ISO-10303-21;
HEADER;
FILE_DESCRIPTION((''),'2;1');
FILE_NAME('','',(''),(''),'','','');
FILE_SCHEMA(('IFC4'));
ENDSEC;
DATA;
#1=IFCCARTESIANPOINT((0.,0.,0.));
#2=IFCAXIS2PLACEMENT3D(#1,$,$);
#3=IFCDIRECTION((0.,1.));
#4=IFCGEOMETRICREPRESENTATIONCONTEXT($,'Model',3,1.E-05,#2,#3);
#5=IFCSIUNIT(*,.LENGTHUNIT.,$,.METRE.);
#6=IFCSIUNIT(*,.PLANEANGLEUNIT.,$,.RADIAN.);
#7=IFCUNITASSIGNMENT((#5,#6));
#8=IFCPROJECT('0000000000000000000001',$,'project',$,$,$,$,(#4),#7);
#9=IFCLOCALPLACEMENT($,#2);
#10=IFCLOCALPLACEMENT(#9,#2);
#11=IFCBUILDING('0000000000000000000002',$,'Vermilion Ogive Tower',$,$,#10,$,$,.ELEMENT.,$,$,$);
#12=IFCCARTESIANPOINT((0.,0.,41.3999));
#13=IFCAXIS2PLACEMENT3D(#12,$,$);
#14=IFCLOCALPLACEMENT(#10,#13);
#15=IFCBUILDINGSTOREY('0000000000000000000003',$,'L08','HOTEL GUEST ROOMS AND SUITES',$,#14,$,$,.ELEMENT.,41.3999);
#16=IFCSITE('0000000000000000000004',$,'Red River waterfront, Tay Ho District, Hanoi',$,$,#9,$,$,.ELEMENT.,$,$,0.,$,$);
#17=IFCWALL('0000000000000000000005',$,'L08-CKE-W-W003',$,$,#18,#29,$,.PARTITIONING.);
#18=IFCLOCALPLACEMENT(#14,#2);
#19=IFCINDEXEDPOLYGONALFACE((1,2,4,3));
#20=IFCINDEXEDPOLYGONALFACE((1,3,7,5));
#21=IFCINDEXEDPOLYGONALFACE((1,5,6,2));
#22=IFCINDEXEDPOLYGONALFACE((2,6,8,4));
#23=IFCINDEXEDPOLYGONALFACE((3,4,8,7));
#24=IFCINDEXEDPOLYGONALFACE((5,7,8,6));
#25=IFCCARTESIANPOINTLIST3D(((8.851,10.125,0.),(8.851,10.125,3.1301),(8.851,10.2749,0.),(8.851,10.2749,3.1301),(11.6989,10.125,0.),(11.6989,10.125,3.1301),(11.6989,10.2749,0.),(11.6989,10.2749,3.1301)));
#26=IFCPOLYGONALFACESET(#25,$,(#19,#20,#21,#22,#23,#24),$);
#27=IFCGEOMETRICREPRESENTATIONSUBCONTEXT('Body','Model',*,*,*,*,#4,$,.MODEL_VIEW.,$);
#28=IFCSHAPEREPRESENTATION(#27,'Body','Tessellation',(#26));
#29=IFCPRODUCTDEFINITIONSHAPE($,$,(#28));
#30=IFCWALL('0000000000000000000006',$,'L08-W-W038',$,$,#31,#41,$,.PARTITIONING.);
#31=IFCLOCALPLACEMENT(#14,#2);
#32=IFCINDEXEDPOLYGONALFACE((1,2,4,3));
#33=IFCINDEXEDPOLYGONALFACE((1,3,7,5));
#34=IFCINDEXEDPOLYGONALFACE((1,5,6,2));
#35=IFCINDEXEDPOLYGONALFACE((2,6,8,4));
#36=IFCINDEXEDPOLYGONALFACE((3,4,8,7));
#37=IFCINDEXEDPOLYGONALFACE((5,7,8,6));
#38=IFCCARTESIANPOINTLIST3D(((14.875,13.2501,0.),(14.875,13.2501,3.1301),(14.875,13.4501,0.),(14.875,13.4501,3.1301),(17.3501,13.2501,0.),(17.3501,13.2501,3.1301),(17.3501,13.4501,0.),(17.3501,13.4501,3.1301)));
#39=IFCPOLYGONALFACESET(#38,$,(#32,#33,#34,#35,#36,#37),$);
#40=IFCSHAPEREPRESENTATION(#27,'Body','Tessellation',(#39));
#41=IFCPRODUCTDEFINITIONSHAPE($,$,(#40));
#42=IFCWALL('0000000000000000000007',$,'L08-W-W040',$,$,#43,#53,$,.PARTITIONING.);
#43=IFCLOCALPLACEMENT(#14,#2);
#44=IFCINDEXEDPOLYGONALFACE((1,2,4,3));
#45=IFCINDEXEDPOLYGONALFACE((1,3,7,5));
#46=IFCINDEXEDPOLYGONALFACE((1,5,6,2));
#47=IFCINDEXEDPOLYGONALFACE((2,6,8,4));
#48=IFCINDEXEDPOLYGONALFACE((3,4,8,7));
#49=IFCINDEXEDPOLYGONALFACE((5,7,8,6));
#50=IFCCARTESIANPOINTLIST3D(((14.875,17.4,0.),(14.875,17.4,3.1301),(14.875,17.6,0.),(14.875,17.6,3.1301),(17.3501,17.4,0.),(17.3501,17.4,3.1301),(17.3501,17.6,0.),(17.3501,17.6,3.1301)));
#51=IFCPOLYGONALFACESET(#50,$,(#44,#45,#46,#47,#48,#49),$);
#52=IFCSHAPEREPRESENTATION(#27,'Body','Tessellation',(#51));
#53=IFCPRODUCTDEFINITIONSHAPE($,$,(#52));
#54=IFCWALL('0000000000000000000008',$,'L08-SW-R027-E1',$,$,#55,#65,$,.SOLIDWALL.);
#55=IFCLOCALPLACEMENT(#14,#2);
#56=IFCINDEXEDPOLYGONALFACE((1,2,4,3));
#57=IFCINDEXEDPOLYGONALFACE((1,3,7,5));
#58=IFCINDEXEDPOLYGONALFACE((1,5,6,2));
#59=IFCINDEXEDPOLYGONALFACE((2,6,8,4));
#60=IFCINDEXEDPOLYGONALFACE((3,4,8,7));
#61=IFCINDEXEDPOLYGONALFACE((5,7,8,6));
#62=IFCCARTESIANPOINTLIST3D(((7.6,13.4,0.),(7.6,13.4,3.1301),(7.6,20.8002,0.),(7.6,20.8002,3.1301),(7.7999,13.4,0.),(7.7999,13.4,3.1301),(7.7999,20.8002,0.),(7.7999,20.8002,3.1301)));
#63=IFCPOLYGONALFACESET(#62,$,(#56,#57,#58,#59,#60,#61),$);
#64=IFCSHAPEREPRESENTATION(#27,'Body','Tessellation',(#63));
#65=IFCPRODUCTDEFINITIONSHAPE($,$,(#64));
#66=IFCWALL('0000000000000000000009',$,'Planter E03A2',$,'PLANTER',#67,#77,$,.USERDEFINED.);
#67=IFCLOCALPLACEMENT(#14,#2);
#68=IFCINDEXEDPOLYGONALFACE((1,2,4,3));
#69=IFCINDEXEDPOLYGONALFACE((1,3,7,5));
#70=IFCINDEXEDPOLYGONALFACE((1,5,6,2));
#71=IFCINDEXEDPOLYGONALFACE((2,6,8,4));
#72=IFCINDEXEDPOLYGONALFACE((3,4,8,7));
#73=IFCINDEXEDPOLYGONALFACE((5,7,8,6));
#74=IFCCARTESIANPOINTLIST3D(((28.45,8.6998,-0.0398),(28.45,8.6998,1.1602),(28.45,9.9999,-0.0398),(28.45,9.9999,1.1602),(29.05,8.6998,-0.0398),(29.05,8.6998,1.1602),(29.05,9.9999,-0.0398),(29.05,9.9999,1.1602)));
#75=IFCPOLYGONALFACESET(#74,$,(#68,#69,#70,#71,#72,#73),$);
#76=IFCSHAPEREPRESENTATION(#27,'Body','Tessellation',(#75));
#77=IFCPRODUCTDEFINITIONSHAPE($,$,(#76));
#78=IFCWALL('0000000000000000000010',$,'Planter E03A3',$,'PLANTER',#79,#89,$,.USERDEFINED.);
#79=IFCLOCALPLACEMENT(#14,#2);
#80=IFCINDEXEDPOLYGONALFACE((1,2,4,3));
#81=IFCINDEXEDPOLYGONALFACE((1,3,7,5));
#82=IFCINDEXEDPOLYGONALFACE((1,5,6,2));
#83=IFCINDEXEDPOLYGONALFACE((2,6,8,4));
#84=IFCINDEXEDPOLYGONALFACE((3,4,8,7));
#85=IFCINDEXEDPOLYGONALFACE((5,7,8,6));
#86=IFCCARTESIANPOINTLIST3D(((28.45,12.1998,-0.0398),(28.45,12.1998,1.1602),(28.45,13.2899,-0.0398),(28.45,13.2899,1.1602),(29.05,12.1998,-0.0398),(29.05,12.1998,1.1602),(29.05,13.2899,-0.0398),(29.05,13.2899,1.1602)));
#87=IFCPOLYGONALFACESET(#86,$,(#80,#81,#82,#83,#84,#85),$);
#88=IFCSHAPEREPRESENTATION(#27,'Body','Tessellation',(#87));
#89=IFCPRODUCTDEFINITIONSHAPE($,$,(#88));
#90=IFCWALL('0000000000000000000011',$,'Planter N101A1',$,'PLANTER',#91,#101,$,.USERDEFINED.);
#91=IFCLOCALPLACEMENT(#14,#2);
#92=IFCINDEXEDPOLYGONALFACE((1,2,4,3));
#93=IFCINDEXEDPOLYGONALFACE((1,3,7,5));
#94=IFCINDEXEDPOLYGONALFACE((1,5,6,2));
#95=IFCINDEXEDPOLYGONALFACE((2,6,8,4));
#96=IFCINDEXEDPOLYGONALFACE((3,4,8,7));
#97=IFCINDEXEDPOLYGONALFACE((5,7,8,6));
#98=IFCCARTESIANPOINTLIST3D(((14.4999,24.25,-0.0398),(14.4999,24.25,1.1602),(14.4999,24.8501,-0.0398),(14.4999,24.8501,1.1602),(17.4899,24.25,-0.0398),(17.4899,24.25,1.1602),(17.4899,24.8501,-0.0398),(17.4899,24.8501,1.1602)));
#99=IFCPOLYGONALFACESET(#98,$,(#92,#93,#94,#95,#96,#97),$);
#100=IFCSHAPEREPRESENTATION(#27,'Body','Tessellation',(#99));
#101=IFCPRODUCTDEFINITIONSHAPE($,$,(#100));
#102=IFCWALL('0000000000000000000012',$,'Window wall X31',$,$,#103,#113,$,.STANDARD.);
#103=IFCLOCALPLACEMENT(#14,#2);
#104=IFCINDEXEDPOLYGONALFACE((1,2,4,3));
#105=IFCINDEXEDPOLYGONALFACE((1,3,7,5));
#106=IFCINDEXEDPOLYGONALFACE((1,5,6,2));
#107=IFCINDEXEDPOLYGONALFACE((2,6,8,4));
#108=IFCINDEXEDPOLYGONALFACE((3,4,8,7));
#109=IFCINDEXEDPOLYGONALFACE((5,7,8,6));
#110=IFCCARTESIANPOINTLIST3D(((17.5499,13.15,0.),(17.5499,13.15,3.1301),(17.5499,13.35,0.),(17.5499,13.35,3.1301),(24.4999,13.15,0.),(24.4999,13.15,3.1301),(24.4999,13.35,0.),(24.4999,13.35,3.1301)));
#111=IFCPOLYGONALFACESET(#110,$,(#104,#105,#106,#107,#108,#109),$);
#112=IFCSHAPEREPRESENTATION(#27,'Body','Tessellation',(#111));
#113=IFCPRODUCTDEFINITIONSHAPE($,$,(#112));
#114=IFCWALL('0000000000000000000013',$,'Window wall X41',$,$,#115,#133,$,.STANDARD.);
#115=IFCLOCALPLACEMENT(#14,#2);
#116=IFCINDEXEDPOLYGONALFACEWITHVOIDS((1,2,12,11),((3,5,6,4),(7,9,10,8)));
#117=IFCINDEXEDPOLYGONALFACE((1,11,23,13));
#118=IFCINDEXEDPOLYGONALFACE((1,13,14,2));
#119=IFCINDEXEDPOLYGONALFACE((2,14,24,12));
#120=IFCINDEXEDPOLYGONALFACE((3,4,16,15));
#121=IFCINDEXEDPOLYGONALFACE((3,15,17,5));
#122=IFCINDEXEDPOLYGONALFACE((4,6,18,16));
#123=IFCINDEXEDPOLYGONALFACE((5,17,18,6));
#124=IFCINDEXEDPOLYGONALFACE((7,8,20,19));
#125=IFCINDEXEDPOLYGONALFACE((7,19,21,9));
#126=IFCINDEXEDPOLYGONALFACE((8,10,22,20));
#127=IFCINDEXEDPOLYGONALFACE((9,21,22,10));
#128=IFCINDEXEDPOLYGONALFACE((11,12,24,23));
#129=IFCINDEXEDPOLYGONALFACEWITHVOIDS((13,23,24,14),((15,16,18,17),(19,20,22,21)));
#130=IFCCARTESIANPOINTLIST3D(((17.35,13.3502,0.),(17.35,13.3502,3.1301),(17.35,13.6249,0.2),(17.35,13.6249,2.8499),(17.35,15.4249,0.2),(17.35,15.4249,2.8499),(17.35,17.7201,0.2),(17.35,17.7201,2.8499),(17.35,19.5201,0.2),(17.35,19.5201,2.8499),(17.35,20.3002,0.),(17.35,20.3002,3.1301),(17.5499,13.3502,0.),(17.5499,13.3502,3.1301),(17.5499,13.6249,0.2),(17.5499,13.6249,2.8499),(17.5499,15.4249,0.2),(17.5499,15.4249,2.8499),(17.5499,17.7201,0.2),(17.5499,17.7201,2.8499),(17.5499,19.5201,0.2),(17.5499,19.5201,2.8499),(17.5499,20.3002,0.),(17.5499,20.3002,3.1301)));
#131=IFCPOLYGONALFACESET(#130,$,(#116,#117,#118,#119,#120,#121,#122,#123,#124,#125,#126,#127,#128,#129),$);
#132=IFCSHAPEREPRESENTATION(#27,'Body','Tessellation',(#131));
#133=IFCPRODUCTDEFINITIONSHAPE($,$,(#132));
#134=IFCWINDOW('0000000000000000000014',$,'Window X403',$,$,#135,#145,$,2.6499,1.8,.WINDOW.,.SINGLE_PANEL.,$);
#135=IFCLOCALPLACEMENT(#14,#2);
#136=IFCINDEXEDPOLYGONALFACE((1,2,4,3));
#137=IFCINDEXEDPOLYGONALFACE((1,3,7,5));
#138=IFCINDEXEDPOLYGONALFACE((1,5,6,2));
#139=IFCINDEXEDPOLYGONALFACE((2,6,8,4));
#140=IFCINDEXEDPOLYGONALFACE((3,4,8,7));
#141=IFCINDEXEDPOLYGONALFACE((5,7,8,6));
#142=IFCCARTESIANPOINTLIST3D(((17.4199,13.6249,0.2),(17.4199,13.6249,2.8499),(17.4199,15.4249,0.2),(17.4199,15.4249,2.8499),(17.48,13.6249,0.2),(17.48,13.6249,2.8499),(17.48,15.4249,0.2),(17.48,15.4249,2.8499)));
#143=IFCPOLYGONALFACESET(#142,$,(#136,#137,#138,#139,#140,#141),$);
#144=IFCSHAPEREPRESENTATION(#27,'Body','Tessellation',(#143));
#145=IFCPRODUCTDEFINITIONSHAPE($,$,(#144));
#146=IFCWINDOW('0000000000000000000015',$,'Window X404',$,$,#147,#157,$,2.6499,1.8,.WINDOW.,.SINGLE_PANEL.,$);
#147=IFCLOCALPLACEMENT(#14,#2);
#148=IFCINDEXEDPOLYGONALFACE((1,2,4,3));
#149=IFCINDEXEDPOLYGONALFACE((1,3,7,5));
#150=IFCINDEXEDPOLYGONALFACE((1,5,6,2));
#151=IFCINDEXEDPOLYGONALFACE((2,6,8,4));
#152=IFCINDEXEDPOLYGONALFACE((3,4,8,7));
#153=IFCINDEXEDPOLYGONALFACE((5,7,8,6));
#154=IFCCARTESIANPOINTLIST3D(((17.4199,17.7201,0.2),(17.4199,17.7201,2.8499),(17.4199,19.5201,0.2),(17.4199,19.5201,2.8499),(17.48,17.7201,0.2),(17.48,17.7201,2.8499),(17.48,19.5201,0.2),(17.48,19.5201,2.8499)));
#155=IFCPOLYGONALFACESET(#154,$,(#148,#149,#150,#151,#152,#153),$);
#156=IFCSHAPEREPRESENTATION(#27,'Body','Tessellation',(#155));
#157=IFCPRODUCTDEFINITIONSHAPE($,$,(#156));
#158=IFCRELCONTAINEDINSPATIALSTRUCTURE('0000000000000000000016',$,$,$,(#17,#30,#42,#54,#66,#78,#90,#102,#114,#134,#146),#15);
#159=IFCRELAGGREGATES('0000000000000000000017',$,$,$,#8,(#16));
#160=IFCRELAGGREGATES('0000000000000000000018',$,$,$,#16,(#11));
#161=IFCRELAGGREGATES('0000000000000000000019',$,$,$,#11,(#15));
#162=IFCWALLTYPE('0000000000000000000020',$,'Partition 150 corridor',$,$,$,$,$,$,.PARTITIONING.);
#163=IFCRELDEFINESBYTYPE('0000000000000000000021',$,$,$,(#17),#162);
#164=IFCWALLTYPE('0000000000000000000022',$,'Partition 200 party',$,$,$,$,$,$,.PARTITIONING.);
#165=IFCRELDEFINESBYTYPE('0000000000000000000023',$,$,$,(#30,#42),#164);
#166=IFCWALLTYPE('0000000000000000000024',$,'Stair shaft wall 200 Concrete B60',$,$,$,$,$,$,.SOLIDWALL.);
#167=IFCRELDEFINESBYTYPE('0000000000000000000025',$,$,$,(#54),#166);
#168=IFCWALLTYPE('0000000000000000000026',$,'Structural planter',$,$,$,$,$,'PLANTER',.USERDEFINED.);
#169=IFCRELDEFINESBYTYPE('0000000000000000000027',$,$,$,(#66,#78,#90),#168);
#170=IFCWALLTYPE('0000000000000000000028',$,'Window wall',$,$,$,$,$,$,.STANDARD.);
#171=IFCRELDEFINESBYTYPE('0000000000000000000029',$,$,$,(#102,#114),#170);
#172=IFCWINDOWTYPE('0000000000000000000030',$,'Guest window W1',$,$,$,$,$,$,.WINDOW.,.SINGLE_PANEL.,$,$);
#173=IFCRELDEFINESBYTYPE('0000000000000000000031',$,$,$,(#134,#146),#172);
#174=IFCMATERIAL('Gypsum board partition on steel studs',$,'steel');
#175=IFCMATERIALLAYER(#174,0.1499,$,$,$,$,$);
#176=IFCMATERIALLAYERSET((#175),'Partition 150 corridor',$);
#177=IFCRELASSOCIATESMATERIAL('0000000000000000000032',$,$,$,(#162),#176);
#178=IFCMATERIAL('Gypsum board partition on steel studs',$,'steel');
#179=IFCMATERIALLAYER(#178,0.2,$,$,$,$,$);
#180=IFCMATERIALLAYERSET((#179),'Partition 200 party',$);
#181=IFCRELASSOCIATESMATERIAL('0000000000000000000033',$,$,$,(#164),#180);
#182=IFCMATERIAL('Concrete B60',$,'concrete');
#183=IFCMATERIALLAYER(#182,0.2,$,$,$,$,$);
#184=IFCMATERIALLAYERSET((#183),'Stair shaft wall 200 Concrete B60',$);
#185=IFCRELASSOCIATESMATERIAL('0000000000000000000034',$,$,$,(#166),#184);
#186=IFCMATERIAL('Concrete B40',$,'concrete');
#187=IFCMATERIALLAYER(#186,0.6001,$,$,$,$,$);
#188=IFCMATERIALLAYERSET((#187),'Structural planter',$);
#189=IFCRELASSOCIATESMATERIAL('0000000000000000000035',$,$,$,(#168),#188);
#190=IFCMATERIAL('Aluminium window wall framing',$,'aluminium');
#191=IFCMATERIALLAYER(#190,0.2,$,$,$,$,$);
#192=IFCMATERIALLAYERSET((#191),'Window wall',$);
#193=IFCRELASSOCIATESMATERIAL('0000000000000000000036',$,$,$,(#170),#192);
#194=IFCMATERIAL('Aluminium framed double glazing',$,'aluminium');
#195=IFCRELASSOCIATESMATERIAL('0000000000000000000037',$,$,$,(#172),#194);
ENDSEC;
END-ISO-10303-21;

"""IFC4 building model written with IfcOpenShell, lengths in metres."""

from ifc_helpers import new_model, si_unit, direction, frame, frame_2d, origin, place, context, subcontext, project, spatial, rectangle, extrude, material, layer, layer_set, type_object, element, fill, save


model = new_model("IFC4")

# Units and contexts
model_context = context("Model", 3, precision=1e-05, world=origin(), true_north=direction((0.0, 1.0)))
body_context = subcontext(model_context, "Body", "Model", "MODEL_VIEW")
ifc_project = project(units=[si_unit("LENGTHUNIT", "METRE"), si_unit("PLANEANGLEUNIT", "RADIAN")], contexts=[model_context])

# Site, building, storey
site_placement = place(None, origin())
site = spatial("IfcSite", under=ifc_project, at=site_placement, Name="Red River waterfront, Tay Ho District, Hanoi", CompositionType="ELEMENT", RefElevation=0.0)
building_placement = place(site_placement, origin())
building = spatial("IfcBuilding", under=site, at=building_placement, Name="Vermilion Ogive Tower", CompositionType="ELEMENT")
storey_placement = place(building_placement, frame((0.0, 0.0, 41.3999)))
storey = spatial("IfcBuildingStorey", under=building, at=storey_placement, Name="L08", Description="HOTEL GUEST ROOMS AND SUITES", CompositionType="ELEMENT", Elevation=41.3999)

# Walls
ifc_material_1 = material(Name="Gypsum board partition on steel studs", Category="steel")
ifc_layer_1 = layer(ifc_material_1, 0.1499)
ifc_layer_set_1 = layer_set([ifc_layer_1], Name="Partition 150 corridor")
wall_type_1 = type_object("IfcWallType", Name="Partition 150 corridor", PredefinedType="PARTITIONING", material=ifc_layer_set_1)
wall_1_placement = place(storey_placement, frame((8.8511, 10.2, 0.0), z_axis=(0.0, 0.0, 1.0), x_axis=(1.0, 0.0, 0.0)))
element("IfcWall", 1, at=wall_1_placement, inside=storey, type_object=wall_type_1, Name="L08-CKE-W-W003", PredefinedType="PARTITIONING", context=body_context, shape_type="SweptSolid", body=[
    extrude(rectangle(XDim=2.8479, YDim=0.1499, at=frame_2d((1.4238, 0.0))), origin(), (0.0, 0.0, 1.0), 3.1301),
])
ifc_material_2 = material(Name="Gypsum board partition on steel studs", Category="steel")
ifc_layer_2 = layer(ifc_material_2, 0.2)
ifc_layer_set_2 = layer_set([ifc_layer_2], Name="Partition 200 party")
wall_type_2 = type_object("IfcWallType", Name="Partition 200 party", PredefinedType="PARTITIONING", material=ifc_layer_set_2)
for number, where, z_axis, x_axis, name in (
    (2, (14.875, 13.3501, 0.0), (0.0, 0.0, 1.0), (1.0, 0.0, 0.0), "L08-W-W038"),
    (3, (14.875, 17.5, 0.0), (0.0, 0.0, 1.0), (1.0, 0.0, 0.0), "L08-W-W040"),
):
    element("IfcWall", number, at=place(storey_placement, frame(where, z_axis=z_axis, x_axis=x_axis)), inside=storey, type_object=wall_type_2, Name=name, PredefinedType="PARTITIONING", context=body_context, shape_type="SweptSolid", body=[
        extrude(rectangle(XDim=2.4751, YDim=0.2, at=frame_2d((1.2375, 0.0))), origin(), (0.0, 0.0, 1.0), 3.1301),
    ])
ifc_material_3 = material(Name="Concrete B60", Category="concrete")
ifc_layer_3 = layer(ifc_material_3, 0.2)
ifc_layer_set_3 = layer_set([ifc_layer_3], Name="Stair shaft wall 200 Concrete B60")
wall_type_3 = type_object("IfcWallType", Name="Stair shaft wall 200 Concrete B60", PredefinedType="SOLIDWALL", material=ifc_layer_set_3)
wall_2_placement = place(storey_placement, frame((7.7, 13.3999, 0.0), z_axis=(0.0, 0.0, 1.0), x_axis=(0.0, 1.0, 0.0)))
element("IfcWall", 4, at=wall_2_placement, inside=storey, type_object=wall_type_3, Name="L08-SW-R027-E1", PredefinedType="SOLIDWALL", context=body_context, shape_type="SweptSolid", body=[
    extrude(rectangle(XDim=7.4001, YDim=0.2, at=frame_2d((3.7002, 0.0))), origin(), (0.0, 0.0, 1.0), 3.1301),
])
ifc_material_4 = material(Name="Concrete B40", Category="concrete")
ifc_layer_4 = layer(ifc_material_4, 0.6001)
ifc_layer_set_4 = layer_set([ifc_layer_4], Name="Structural planter")
wall_type_4 = type_object("IfcWallType", Name="Structural planter", ElementType="PLANTER", PredefinedType="USERDEFINED", material=ifc_layer_set_4)
wall_3_placement = place(storey_placement, frame((28.75, 8.7, -0.0398), z_axis=(0.0, 0.0, 1.0), x_axis=(0.0, 1.0, 0.0)))
element("IfcWall", 5, at=wall_3_placement, inside=storey, type_object=wall_type_4, Name="Planter E03A2", ObjectType="PLANTER", PredefinedType="USERDEFINED", context=body_context, shape_type="SweptSolid", body=[
    extrude(rectangle(XDim=1.3, YDim=0.6001, at=frame_2d((0.6499, 0.0))), origin(), (0.0, 0.0, 1.0), 1.2),
])
wall_4_placement = place(storey_placement, frame((28.75, 12.2, -0.0398), z_axis=(0.0, 0.0, 1.0), x_axis=(0.0, 1.0, 0.0)))
element("IfcWall", 6, at=wall_4_placement, inside=storey, type_object=wall_type_4, Name="Planter E03A3", ObjectType="PLANTER", PredefinedType="USERDEFINED", context=body_context, shape_type="SweptSolid", body=[
    extrude(rectangle(XDim=1.0901, YDim=0.6001, at=frame_2d((0.5449, 0.0))), origin(), (0.0, 0.0, 1.0), 1.2),
])
wall_5_placement = place(storey_placement, frame((17.49, 24.55, -0.0398), z_axis=(0.0, 0.0, 1.0), x_axis=(-1.0, 0.0, 0.0)))
element("IfcWall", 7, at=wall_5_placement, inside=storey, type_object=wall_type_4, Name="Planter N101A1", ObjectType="PLANTER", PredefinedType="USERDEFINED", context=body_context, shape_type="SweptSolid", body=[
    extrude(rectangle(XDim=2.99, YDim=0.6001, at=frame_2d((1.4951, 0.0))), origin(), (0.0, 0.0, 1.0), 1.2),
])
ifc_material_5 = material(Name="Aluminium window wall framing", Category="aluminium")
ifc_layer_5 = layer(ifc_material_5, 0.2)
ifc_layer_set_5 = layer_set([ifc_layer_5], Name="Window wall")
wall_type_5 = type_object("IfcWallType", Name="Window wall", PredefinedType="STANDARD", material=ifc_layer_set_5)
wall_6_placement = place(storey_placement, frame((24.5, 13.25, 0.0), z_axis=(0.0, 0.0, 1.0), x_axis=(-1.0, 0.0, 0.0)))
element("IfcWall", 8, at=wall_6_placement, inside=storey, type_object=wall_type_5, Name="Window wall X31", PredefinedType="STANDARD", context=body_context, shape_type="SweptSolid", body=[
    extrude(rectangle(XDim=6.95, YDim=0.2, at=frame_2d((3.4751, 0.0))), origin(), (0.0, 0.0, 1.0), 3.1301),
])

# Wall, openings, windows
wall_7_placement = place(storey_placement, frame((17.45, 13.3501, 0.0), z_axis=(0.0, 0.0, 1.0), x_axis=(0.0, 1.0, 0.0)))
wall_7 = element("IfcWall", 9, at=wall_7_placement, inside=storey, type_object=wall_type_5, Name="Window wall X41", PredefinedType="STANDARD", context=body_context, shape_type="SweptSolid", body=[
    extrude(rectangle(XDim=6.95, YDim=0.2, at=frame_2d((3.4751, 0.0))), origin(), (0.0, 0.0, 1.0), 3.1301),
])
opening_1_placement = place(wall_7_placement, frame((0.2749, 0.0, 0.2)))
opening_1 = element("IfcOpeningElement", 10, at=opening_1_placement, cuts=wall_7, PredefinedType="OPENING", context=body_context, shape_type="SweptSolid", body=[
    extrude(rectangle(XDim=1.8, YDim=2.6499, at=frame_2d((0.8999, 1.325))), frame((0.0, 0.1099, 0.0), z_axis=(0.0, -1.0, 0.0), x_axis=(1.0, 0.0, 0.0)), (0.0, 0.0, 1.0), 0.22),
])
opening_2_placement = place(wall_7_placement, frame((4.3701, 0.0, 0.2)))
opening_2 = element("IfcOpeningElement", 11, at=opening_2_placement, cuts=wall_7, PredefinedType="OPENING", context=body_context, shape_type="SweptSolid", body=[
    extrude(rectangle(XDim=1.8, YDim=2.6499, at=frame_2d((0.8999, 1.325))), frame((0.0, 0.1099, 0.0), z_axis=(0.0, -1.0, 0.0), x_axis=(1.0, 0.0, 0.0)), (0.0, 0.0, 1.0), 0.22),
])
ifc_material_6 = material(Name="Aluminium framed double glazing", Category="aluminium")
window_type = type_object("IfcWindowType", Name="Guest window W1", PartitioningType="SINGLE_PANEL", PredefinedType="WINDOW", material=ifc_material_6)
window_1_placement = place(opening_1_placement, origin())
window_1 = element("IfcWindow", 12, at=window_1_placement, inside=storey, type_object=window_type, Name="Window X403", OverallHeight=2.6499, OverallWidth=1.8, PartitioningType="SINGLE_PANEL", PredefinedType="WINDOW", context=body_context, shape_type="SweptSolid", body=[
    extrude(rectangle(XDim=1.8, YDim=2.6499, at=frame_2d((0.8999, 1.325))), frame((0.0, 0.03, 0.0), z_axis=(0.0, -1.0, 0.0), x_axis=(1.0, 0.0, 0.0)), (0.0, 0.0, 1.0), 0.0601),
])
fill(opening_1, window_1)
window_2_placement = place(opening_2_placement, origin())
window_2 = element("IfcWindow", 13, at=window_2_placement, inside=storey, type_object=window_type, Name="Window X404", OverallHeight=2.6499, OverallWidth=1.8, PartitioningType="SINGLE_PANEL", PredefinedType="WINDOW", context=body_context, shape_type="SweptSolid", body=[
    extrude(rectangle(XDim=1.8, YDim=2.6499, at=frame_2d((0.8999, 1.325))), frame((0.0, 0.03, 0.0), z_axis=(0.0, -1.0, 0.0), x_axis=(1.0, 0.0, 0.0)), (0.0, 0.0, 1.0), 0.0601),
])
fill(opening_2, window_2)

save(model, "model.ifc")
